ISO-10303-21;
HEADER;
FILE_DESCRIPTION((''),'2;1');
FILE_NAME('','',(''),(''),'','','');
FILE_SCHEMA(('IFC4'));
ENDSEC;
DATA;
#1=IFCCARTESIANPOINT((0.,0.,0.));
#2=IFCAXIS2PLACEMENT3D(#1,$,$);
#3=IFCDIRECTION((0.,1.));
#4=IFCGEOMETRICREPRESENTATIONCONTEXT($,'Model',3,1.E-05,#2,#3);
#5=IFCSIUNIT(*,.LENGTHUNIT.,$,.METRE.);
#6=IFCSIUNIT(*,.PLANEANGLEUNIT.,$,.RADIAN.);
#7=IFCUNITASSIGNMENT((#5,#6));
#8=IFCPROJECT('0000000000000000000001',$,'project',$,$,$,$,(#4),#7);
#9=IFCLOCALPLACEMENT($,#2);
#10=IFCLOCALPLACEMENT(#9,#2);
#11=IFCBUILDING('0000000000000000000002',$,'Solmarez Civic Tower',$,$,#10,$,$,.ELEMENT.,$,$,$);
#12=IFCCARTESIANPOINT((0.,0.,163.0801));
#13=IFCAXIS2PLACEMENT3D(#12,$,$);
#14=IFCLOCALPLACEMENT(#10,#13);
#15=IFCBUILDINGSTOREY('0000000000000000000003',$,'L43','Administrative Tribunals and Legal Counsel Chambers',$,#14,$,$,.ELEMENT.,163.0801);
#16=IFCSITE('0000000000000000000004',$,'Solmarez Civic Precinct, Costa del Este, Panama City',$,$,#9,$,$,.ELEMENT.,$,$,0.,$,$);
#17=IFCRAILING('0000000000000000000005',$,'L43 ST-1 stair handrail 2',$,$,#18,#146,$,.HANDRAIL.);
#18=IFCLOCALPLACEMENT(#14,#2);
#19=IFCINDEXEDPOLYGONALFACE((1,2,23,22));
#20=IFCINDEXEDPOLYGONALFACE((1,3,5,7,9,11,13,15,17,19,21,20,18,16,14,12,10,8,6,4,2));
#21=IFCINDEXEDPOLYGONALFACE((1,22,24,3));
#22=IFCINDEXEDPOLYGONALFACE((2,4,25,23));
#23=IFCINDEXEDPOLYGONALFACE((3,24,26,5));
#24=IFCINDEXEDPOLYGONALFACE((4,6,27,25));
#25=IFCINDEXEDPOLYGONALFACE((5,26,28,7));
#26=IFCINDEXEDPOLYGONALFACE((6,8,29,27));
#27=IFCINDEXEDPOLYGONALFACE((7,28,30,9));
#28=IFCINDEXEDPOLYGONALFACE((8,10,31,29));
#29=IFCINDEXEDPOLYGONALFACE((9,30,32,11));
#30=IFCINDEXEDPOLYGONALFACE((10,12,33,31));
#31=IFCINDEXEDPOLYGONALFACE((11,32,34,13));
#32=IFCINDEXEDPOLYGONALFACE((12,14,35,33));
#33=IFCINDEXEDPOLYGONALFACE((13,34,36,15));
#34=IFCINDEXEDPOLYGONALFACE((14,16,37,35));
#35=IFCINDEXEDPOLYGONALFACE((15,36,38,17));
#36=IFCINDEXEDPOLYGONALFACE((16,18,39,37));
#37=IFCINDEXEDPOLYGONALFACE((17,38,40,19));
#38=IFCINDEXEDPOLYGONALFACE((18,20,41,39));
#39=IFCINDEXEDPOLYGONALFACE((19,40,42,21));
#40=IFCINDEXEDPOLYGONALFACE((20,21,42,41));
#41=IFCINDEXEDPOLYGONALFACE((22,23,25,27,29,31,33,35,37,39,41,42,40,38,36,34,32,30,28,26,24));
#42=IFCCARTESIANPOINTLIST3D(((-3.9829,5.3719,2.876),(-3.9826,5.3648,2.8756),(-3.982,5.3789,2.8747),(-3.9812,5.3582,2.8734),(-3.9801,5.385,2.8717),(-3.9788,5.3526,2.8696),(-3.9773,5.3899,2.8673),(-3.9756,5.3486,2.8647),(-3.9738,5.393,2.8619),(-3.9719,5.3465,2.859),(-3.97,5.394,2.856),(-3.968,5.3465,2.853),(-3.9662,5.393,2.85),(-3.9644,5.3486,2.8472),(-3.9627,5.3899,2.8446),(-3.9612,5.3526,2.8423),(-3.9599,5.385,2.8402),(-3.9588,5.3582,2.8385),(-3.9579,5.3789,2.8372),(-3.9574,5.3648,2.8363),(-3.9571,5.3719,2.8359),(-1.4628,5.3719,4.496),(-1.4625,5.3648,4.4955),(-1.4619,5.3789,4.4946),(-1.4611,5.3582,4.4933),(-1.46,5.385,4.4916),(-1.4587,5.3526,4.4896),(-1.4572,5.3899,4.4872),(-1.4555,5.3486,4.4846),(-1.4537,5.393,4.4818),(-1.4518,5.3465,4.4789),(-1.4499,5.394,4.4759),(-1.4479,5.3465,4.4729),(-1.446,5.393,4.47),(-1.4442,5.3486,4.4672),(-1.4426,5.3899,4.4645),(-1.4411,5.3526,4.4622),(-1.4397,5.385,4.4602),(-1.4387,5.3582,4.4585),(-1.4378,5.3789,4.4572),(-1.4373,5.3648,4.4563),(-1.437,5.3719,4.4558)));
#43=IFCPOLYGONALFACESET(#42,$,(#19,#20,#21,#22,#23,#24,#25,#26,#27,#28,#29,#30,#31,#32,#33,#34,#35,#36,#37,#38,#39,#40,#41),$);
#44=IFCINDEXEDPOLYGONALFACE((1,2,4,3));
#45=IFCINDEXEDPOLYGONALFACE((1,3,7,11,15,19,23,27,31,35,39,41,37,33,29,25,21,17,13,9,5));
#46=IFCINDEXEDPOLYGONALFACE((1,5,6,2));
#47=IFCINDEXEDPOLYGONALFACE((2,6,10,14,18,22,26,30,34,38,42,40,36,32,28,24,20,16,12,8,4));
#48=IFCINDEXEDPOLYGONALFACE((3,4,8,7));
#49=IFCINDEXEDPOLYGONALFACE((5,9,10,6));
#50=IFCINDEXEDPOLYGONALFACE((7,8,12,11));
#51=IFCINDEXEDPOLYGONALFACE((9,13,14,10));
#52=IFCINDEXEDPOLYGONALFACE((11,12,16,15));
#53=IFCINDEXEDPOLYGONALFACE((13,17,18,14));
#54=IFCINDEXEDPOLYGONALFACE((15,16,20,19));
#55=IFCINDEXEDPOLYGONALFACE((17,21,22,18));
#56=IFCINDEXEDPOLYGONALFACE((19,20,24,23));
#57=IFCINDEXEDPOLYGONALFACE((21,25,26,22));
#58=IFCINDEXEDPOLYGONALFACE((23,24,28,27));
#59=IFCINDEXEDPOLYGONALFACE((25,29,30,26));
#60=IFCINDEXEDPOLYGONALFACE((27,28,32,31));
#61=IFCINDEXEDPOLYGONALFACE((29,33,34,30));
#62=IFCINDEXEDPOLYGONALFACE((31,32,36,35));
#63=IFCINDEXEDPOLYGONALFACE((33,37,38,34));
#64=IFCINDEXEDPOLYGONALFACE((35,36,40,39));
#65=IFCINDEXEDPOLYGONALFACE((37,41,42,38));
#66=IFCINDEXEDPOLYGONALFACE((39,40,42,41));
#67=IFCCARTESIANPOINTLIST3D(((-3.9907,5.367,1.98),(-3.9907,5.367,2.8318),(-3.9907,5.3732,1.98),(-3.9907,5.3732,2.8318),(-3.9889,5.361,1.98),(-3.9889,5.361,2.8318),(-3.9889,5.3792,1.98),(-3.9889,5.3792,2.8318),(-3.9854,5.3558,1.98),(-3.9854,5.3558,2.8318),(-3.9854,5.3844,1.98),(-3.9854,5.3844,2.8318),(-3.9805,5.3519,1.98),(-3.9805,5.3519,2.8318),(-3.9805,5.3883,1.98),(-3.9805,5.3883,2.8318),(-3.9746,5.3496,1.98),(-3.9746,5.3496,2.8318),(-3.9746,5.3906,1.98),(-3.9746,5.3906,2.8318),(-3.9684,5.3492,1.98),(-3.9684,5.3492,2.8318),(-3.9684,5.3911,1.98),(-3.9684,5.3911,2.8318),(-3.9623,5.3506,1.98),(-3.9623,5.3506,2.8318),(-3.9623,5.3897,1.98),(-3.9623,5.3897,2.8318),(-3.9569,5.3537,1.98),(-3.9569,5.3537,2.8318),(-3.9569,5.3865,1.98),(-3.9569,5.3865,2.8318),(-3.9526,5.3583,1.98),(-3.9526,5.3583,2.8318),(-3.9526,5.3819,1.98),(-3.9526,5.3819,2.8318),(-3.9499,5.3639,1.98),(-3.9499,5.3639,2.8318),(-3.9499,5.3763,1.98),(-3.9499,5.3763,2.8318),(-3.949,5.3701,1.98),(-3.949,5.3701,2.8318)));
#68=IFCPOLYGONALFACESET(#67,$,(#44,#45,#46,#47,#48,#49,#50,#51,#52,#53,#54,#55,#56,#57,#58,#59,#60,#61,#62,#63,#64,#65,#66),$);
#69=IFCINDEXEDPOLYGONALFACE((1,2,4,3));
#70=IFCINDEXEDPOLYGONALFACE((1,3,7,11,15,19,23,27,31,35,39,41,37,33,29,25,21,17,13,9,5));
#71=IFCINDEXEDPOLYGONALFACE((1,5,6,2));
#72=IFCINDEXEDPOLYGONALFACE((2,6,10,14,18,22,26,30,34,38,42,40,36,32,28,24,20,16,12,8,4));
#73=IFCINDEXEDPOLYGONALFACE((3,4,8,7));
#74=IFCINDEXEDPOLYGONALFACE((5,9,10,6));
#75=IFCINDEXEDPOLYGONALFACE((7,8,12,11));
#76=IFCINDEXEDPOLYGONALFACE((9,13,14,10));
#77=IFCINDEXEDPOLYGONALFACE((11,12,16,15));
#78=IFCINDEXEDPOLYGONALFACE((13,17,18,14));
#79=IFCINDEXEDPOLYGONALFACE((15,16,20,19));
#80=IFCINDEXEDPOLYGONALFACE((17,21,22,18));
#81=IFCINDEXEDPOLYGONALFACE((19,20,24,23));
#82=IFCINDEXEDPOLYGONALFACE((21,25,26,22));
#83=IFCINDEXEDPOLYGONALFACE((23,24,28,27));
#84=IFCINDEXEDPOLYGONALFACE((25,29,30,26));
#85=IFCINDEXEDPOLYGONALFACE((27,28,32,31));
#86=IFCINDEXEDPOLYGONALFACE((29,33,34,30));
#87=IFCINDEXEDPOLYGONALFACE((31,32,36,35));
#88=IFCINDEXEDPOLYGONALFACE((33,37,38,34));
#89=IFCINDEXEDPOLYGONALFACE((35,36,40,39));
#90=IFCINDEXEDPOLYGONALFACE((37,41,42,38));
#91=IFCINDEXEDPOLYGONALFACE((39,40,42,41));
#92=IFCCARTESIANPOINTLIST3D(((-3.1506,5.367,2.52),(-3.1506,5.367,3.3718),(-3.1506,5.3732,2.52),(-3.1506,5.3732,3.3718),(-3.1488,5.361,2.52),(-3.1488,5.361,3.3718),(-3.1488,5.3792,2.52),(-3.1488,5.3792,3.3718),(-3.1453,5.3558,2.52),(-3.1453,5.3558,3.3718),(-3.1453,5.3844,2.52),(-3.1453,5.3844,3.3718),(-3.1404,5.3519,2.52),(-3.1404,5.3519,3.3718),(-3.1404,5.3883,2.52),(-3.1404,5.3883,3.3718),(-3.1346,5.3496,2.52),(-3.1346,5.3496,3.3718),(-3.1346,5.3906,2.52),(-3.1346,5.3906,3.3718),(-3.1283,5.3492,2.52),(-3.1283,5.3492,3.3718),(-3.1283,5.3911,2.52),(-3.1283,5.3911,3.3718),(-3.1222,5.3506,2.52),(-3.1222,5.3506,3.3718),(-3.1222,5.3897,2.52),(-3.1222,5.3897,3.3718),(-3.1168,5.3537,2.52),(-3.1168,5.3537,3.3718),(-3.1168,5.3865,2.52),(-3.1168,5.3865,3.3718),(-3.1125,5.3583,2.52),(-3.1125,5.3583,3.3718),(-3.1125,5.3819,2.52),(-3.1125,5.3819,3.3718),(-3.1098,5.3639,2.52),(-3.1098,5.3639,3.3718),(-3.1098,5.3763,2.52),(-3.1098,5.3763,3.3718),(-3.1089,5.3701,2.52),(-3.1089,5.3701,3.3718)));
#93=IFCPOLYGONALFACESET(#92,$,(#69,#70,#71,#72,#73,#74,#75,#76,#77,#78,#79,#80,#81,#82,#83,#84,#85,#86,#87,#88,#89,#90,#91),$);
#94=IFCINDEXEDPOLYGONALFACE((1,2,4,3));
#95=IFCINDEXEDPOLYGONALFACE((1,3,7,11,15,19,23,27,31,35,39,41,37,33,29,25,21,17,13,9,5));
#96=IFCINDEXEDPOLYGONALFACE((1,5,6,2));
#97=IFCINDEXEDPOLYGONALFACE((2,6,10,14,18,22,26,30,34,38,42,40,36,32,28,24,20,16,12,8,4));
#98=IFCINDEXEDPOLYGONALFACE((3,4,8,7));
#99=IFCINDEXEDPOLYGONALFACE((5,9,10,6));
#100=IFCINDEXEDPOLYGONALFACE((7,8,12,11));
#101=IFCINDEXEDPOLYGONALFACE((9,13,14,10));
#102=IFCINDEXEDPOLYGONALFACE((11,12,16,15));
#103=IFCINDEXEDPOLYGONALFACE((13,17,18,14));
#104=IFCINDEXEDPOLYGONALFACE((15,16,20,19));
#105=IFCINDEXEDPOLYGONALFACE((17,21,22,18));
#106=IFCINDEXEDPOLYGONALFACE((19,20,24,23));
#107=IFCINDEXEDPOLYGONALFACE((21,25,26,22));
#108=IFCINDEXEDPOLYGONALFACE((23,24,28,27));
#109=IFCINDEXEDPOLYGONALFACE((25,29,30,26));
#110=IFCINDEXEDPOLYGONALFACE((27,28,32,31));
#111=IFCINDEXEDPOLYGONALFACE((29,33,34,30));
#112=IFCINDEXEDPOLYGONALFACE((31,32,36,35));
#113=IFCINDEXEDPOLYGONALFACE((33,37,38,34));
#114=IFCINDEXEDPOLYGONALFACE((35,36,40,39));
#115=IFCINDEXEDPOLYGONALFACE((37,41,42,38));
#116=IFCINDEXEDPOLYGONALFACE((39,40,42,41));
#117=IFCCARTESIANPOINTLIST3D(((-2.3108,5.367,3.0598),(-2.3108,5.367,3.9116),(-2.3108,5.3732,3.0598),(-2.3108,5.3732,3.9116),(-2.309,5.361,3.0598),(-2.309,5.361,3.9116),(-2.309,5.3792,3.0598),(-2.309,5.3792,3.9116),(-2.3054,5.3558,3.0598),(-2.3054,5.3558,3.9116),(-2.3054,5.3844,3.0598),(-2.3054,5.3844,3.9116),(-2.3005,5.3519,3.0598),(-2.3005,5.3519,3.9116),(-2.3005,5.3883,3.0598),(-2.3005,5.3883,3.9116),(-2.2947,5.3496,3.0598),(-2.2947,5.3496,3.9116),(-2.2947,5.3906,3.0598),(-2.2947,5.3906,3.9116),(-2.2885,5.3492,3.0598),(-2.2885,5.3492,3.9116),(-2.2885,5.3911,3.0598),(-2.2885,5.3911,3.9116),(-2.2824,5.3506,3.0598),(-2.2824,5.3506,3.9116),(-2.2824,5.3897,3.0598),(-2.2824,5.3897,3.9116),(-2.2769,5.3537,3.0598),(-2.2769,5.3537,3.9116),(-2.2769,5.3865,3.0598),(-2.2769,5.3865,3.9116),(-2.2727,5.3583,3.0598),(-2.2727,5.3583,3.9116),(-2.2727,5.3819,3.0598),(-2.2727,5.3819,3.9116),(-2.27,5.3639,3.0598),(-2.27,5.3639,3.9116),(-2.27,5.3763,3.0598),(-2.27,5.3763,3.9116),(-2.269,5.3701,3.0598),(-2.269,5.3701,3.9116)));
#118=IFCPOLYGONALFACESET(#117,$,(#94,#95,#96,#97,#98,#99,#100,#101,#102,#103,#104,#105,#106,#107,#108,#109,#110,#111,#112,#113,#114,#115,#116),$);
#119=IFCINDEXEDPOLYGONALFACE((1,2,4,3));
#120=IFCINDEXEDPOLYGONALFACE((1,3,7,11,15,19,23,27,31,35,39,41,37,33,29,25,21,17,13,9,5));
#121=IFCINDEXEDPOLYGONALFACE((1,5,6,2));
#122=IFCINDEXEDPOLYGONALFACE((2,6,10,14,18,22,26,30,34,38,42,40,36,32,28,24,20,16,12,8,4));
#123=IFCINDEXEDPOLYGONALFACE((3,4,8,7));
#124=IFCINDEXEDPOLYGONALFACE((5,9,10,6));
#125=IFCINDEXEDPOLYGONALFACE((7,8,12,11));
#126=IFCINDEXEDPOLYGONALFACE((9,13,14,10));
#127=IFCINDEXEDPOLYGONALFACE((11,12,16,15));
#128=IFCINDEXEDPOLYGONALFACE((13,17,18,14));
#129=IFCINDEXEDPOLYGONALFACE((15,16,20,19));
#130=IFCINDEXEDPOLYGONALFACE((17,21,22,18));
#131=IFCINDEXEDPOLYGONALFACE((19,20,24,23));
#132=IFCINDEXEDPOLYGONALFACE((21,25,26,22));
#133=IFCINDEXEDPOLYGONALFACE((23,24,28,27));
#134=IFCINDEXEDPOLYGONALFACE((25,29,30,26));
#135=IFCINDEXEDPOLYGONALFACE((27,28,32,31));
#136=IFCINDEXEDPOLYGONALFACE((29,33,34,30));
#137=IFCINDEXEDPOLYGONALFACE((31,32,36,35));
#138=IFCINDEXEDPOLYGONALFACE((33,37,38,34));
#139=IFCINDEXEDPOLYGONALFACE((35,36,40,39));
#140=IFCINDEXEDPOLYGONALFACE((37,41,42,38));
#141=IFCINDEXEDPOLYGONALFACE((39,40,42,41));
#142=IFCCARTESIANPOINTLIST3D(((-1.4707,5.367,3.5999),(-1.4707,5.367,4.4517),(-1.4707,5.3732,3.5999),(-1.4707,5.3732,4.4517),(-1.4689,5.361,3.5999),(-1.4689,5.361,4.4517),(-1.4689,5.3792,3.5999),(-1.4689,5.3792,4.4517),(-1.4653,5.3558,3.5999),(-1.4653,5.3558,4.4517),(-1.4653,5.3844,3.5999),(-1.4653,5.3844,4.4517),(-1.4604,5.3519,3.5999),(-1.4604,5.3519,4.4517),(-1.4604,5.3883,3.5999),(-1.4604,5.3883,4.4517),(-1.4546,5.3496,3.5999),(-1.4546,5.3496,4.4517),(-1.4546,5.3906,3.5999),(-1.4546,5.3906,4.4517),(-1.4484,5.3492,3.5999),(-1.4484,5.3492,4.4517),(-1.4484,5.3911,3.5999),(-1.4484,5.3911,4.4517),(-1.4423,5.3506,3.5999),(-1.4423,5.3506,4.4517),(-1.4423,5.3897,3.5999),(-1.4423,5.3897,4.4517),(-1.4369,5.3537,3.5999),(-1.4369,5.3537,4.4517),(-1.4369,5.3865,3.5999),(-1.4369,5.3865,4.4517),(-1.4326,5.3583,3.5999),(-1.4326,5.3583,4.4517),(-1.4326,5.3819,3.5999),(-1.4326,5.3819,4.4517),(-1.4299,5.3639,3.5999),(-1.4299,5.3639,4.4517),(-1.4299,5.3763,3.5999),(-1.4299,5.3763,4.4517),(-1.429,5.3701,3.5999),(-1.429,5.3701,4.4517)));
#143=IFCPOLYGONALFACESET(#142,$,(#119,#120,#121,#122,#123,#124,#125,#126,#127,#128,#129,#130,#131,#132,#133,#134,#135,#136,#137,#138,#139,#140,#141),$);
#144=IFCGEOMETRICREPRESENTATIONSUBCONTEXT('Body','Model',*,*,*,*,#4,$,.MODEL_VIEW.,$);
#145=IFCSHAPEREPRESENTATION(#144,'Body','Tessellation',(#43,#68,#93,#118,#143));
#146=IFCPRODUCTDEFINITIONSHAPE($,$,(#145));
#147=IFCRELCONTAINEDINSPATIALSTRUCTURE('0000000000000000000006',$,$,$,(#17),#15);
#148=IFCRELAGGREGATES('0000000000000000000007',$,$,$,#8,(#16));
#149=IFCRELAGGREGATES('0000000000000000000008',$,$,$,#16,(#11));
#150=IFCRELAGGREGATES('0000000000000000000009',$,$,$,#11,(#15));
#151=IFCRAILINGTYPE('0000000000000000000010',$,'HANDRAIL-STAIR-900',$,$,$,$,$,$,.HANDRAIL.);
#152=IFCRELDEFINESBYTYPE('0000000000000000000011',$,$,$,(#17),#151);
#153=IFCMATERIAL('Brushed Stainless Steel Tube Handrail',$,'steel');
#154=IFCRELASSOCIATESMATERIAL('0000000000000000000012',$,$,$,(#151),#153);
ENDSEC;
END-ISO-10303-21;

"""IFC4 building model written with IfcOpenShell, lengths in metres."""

from ifc_helpers import new_model, si_unit, direction, frame, origin, origin_2d, place, context, subcontext, project, spatial, circle, extrude, material, type_object, element, save


model = new_model("IFC4")

# Units and contexts
model_context = context("Model", 3, precision=1e-05, world=origin(), true_north=direction((0.0, 1.0)))
body_context = subcontext(model_context, "Body", "Model", "MODEL_VIEW")
ifc_project = project(units=[si_unit("LENGTHUNIT", "METRE"), si_unit("PLANEANGLEUNIT", "RADIAN")], contexts=[model_context])

# Site, building, storey
site_placement = place(None, origin())
site = spatial("IfcSite", under=ifc_project, at=site_placement, Name="Solmarez Civic Precinct, Costa del Este, Panama City", CompositionType="ELEMENT", RefElevation=0.0)
building_placement = place(site_placement, origin())
building = spatial("IfcBuilding", under=site, at=building_placement, Name="Solmarez Civic Tower", CompositionType="ELEMENT")
storey_placement = place(building_placement, frame((0.0, 0.0, 163.0801)))
storey = spatial("IfcBuildingStorey", under=building, at=storey_placement, Name="L43", Description="Administrative Tribunals and Legal Counsel Chambers", CompositionType="ELEMENT", Elevation=163.0801)

# Railing
ifc_material_1 = material(Name="Brushed Stainless Steel Tube Handrail", Category="steel")
railing_type_1 = type_object("IfcRailingType", Name="HANDRAIL-STAIR-900", PredefinedType="HANDRAIL", material=ifc_material_1)
railing_1_placement = place(storey_placement, frame((-3.97, 5.3701, 1.98)))
element("IfcRailing", 1, at=railing_1_placement, inside=storey, type_object=railing_type_1, Name="L43 ST-1 stair handrail 2", PredefinedType="HANDRAIL", context=body_context, shape_type="SweptSolid", body=[
    extrude(circle(Radius=0.0239, at=origin_2d()), frame((0.0, 0.0, 0.876), z_axis=(0.8412, 0.0, 0.540725), x_axis=(0.0, 1.0, 0.0)), (0.0, 0.0, 1.0), 2.9958),
    extrude(circle(Radius=0.021, at=origin_2d()), origin(), (0.0, 0.0, 1.0), 0.8518),
    extrude(circle(Radius=0.021, at=origin_2d()), frame((0.8401, 0.0, 0.54)), (0.0, 0.0, 1.0), 0.8518),
    extrude(circle(Radius=0.021, at=origin_2d()), frame((1.6799, 0.0, 1.0798)), (0.0, 0.0, 1.0), 0.8518),
    extrude(circle(Radius=0.021, at=origin_2d()), frame((2.52, 0.0, 1.6199)), (0.0, 0.0, 1.0), 0.8518),
])

save(model, "model.ifc")
